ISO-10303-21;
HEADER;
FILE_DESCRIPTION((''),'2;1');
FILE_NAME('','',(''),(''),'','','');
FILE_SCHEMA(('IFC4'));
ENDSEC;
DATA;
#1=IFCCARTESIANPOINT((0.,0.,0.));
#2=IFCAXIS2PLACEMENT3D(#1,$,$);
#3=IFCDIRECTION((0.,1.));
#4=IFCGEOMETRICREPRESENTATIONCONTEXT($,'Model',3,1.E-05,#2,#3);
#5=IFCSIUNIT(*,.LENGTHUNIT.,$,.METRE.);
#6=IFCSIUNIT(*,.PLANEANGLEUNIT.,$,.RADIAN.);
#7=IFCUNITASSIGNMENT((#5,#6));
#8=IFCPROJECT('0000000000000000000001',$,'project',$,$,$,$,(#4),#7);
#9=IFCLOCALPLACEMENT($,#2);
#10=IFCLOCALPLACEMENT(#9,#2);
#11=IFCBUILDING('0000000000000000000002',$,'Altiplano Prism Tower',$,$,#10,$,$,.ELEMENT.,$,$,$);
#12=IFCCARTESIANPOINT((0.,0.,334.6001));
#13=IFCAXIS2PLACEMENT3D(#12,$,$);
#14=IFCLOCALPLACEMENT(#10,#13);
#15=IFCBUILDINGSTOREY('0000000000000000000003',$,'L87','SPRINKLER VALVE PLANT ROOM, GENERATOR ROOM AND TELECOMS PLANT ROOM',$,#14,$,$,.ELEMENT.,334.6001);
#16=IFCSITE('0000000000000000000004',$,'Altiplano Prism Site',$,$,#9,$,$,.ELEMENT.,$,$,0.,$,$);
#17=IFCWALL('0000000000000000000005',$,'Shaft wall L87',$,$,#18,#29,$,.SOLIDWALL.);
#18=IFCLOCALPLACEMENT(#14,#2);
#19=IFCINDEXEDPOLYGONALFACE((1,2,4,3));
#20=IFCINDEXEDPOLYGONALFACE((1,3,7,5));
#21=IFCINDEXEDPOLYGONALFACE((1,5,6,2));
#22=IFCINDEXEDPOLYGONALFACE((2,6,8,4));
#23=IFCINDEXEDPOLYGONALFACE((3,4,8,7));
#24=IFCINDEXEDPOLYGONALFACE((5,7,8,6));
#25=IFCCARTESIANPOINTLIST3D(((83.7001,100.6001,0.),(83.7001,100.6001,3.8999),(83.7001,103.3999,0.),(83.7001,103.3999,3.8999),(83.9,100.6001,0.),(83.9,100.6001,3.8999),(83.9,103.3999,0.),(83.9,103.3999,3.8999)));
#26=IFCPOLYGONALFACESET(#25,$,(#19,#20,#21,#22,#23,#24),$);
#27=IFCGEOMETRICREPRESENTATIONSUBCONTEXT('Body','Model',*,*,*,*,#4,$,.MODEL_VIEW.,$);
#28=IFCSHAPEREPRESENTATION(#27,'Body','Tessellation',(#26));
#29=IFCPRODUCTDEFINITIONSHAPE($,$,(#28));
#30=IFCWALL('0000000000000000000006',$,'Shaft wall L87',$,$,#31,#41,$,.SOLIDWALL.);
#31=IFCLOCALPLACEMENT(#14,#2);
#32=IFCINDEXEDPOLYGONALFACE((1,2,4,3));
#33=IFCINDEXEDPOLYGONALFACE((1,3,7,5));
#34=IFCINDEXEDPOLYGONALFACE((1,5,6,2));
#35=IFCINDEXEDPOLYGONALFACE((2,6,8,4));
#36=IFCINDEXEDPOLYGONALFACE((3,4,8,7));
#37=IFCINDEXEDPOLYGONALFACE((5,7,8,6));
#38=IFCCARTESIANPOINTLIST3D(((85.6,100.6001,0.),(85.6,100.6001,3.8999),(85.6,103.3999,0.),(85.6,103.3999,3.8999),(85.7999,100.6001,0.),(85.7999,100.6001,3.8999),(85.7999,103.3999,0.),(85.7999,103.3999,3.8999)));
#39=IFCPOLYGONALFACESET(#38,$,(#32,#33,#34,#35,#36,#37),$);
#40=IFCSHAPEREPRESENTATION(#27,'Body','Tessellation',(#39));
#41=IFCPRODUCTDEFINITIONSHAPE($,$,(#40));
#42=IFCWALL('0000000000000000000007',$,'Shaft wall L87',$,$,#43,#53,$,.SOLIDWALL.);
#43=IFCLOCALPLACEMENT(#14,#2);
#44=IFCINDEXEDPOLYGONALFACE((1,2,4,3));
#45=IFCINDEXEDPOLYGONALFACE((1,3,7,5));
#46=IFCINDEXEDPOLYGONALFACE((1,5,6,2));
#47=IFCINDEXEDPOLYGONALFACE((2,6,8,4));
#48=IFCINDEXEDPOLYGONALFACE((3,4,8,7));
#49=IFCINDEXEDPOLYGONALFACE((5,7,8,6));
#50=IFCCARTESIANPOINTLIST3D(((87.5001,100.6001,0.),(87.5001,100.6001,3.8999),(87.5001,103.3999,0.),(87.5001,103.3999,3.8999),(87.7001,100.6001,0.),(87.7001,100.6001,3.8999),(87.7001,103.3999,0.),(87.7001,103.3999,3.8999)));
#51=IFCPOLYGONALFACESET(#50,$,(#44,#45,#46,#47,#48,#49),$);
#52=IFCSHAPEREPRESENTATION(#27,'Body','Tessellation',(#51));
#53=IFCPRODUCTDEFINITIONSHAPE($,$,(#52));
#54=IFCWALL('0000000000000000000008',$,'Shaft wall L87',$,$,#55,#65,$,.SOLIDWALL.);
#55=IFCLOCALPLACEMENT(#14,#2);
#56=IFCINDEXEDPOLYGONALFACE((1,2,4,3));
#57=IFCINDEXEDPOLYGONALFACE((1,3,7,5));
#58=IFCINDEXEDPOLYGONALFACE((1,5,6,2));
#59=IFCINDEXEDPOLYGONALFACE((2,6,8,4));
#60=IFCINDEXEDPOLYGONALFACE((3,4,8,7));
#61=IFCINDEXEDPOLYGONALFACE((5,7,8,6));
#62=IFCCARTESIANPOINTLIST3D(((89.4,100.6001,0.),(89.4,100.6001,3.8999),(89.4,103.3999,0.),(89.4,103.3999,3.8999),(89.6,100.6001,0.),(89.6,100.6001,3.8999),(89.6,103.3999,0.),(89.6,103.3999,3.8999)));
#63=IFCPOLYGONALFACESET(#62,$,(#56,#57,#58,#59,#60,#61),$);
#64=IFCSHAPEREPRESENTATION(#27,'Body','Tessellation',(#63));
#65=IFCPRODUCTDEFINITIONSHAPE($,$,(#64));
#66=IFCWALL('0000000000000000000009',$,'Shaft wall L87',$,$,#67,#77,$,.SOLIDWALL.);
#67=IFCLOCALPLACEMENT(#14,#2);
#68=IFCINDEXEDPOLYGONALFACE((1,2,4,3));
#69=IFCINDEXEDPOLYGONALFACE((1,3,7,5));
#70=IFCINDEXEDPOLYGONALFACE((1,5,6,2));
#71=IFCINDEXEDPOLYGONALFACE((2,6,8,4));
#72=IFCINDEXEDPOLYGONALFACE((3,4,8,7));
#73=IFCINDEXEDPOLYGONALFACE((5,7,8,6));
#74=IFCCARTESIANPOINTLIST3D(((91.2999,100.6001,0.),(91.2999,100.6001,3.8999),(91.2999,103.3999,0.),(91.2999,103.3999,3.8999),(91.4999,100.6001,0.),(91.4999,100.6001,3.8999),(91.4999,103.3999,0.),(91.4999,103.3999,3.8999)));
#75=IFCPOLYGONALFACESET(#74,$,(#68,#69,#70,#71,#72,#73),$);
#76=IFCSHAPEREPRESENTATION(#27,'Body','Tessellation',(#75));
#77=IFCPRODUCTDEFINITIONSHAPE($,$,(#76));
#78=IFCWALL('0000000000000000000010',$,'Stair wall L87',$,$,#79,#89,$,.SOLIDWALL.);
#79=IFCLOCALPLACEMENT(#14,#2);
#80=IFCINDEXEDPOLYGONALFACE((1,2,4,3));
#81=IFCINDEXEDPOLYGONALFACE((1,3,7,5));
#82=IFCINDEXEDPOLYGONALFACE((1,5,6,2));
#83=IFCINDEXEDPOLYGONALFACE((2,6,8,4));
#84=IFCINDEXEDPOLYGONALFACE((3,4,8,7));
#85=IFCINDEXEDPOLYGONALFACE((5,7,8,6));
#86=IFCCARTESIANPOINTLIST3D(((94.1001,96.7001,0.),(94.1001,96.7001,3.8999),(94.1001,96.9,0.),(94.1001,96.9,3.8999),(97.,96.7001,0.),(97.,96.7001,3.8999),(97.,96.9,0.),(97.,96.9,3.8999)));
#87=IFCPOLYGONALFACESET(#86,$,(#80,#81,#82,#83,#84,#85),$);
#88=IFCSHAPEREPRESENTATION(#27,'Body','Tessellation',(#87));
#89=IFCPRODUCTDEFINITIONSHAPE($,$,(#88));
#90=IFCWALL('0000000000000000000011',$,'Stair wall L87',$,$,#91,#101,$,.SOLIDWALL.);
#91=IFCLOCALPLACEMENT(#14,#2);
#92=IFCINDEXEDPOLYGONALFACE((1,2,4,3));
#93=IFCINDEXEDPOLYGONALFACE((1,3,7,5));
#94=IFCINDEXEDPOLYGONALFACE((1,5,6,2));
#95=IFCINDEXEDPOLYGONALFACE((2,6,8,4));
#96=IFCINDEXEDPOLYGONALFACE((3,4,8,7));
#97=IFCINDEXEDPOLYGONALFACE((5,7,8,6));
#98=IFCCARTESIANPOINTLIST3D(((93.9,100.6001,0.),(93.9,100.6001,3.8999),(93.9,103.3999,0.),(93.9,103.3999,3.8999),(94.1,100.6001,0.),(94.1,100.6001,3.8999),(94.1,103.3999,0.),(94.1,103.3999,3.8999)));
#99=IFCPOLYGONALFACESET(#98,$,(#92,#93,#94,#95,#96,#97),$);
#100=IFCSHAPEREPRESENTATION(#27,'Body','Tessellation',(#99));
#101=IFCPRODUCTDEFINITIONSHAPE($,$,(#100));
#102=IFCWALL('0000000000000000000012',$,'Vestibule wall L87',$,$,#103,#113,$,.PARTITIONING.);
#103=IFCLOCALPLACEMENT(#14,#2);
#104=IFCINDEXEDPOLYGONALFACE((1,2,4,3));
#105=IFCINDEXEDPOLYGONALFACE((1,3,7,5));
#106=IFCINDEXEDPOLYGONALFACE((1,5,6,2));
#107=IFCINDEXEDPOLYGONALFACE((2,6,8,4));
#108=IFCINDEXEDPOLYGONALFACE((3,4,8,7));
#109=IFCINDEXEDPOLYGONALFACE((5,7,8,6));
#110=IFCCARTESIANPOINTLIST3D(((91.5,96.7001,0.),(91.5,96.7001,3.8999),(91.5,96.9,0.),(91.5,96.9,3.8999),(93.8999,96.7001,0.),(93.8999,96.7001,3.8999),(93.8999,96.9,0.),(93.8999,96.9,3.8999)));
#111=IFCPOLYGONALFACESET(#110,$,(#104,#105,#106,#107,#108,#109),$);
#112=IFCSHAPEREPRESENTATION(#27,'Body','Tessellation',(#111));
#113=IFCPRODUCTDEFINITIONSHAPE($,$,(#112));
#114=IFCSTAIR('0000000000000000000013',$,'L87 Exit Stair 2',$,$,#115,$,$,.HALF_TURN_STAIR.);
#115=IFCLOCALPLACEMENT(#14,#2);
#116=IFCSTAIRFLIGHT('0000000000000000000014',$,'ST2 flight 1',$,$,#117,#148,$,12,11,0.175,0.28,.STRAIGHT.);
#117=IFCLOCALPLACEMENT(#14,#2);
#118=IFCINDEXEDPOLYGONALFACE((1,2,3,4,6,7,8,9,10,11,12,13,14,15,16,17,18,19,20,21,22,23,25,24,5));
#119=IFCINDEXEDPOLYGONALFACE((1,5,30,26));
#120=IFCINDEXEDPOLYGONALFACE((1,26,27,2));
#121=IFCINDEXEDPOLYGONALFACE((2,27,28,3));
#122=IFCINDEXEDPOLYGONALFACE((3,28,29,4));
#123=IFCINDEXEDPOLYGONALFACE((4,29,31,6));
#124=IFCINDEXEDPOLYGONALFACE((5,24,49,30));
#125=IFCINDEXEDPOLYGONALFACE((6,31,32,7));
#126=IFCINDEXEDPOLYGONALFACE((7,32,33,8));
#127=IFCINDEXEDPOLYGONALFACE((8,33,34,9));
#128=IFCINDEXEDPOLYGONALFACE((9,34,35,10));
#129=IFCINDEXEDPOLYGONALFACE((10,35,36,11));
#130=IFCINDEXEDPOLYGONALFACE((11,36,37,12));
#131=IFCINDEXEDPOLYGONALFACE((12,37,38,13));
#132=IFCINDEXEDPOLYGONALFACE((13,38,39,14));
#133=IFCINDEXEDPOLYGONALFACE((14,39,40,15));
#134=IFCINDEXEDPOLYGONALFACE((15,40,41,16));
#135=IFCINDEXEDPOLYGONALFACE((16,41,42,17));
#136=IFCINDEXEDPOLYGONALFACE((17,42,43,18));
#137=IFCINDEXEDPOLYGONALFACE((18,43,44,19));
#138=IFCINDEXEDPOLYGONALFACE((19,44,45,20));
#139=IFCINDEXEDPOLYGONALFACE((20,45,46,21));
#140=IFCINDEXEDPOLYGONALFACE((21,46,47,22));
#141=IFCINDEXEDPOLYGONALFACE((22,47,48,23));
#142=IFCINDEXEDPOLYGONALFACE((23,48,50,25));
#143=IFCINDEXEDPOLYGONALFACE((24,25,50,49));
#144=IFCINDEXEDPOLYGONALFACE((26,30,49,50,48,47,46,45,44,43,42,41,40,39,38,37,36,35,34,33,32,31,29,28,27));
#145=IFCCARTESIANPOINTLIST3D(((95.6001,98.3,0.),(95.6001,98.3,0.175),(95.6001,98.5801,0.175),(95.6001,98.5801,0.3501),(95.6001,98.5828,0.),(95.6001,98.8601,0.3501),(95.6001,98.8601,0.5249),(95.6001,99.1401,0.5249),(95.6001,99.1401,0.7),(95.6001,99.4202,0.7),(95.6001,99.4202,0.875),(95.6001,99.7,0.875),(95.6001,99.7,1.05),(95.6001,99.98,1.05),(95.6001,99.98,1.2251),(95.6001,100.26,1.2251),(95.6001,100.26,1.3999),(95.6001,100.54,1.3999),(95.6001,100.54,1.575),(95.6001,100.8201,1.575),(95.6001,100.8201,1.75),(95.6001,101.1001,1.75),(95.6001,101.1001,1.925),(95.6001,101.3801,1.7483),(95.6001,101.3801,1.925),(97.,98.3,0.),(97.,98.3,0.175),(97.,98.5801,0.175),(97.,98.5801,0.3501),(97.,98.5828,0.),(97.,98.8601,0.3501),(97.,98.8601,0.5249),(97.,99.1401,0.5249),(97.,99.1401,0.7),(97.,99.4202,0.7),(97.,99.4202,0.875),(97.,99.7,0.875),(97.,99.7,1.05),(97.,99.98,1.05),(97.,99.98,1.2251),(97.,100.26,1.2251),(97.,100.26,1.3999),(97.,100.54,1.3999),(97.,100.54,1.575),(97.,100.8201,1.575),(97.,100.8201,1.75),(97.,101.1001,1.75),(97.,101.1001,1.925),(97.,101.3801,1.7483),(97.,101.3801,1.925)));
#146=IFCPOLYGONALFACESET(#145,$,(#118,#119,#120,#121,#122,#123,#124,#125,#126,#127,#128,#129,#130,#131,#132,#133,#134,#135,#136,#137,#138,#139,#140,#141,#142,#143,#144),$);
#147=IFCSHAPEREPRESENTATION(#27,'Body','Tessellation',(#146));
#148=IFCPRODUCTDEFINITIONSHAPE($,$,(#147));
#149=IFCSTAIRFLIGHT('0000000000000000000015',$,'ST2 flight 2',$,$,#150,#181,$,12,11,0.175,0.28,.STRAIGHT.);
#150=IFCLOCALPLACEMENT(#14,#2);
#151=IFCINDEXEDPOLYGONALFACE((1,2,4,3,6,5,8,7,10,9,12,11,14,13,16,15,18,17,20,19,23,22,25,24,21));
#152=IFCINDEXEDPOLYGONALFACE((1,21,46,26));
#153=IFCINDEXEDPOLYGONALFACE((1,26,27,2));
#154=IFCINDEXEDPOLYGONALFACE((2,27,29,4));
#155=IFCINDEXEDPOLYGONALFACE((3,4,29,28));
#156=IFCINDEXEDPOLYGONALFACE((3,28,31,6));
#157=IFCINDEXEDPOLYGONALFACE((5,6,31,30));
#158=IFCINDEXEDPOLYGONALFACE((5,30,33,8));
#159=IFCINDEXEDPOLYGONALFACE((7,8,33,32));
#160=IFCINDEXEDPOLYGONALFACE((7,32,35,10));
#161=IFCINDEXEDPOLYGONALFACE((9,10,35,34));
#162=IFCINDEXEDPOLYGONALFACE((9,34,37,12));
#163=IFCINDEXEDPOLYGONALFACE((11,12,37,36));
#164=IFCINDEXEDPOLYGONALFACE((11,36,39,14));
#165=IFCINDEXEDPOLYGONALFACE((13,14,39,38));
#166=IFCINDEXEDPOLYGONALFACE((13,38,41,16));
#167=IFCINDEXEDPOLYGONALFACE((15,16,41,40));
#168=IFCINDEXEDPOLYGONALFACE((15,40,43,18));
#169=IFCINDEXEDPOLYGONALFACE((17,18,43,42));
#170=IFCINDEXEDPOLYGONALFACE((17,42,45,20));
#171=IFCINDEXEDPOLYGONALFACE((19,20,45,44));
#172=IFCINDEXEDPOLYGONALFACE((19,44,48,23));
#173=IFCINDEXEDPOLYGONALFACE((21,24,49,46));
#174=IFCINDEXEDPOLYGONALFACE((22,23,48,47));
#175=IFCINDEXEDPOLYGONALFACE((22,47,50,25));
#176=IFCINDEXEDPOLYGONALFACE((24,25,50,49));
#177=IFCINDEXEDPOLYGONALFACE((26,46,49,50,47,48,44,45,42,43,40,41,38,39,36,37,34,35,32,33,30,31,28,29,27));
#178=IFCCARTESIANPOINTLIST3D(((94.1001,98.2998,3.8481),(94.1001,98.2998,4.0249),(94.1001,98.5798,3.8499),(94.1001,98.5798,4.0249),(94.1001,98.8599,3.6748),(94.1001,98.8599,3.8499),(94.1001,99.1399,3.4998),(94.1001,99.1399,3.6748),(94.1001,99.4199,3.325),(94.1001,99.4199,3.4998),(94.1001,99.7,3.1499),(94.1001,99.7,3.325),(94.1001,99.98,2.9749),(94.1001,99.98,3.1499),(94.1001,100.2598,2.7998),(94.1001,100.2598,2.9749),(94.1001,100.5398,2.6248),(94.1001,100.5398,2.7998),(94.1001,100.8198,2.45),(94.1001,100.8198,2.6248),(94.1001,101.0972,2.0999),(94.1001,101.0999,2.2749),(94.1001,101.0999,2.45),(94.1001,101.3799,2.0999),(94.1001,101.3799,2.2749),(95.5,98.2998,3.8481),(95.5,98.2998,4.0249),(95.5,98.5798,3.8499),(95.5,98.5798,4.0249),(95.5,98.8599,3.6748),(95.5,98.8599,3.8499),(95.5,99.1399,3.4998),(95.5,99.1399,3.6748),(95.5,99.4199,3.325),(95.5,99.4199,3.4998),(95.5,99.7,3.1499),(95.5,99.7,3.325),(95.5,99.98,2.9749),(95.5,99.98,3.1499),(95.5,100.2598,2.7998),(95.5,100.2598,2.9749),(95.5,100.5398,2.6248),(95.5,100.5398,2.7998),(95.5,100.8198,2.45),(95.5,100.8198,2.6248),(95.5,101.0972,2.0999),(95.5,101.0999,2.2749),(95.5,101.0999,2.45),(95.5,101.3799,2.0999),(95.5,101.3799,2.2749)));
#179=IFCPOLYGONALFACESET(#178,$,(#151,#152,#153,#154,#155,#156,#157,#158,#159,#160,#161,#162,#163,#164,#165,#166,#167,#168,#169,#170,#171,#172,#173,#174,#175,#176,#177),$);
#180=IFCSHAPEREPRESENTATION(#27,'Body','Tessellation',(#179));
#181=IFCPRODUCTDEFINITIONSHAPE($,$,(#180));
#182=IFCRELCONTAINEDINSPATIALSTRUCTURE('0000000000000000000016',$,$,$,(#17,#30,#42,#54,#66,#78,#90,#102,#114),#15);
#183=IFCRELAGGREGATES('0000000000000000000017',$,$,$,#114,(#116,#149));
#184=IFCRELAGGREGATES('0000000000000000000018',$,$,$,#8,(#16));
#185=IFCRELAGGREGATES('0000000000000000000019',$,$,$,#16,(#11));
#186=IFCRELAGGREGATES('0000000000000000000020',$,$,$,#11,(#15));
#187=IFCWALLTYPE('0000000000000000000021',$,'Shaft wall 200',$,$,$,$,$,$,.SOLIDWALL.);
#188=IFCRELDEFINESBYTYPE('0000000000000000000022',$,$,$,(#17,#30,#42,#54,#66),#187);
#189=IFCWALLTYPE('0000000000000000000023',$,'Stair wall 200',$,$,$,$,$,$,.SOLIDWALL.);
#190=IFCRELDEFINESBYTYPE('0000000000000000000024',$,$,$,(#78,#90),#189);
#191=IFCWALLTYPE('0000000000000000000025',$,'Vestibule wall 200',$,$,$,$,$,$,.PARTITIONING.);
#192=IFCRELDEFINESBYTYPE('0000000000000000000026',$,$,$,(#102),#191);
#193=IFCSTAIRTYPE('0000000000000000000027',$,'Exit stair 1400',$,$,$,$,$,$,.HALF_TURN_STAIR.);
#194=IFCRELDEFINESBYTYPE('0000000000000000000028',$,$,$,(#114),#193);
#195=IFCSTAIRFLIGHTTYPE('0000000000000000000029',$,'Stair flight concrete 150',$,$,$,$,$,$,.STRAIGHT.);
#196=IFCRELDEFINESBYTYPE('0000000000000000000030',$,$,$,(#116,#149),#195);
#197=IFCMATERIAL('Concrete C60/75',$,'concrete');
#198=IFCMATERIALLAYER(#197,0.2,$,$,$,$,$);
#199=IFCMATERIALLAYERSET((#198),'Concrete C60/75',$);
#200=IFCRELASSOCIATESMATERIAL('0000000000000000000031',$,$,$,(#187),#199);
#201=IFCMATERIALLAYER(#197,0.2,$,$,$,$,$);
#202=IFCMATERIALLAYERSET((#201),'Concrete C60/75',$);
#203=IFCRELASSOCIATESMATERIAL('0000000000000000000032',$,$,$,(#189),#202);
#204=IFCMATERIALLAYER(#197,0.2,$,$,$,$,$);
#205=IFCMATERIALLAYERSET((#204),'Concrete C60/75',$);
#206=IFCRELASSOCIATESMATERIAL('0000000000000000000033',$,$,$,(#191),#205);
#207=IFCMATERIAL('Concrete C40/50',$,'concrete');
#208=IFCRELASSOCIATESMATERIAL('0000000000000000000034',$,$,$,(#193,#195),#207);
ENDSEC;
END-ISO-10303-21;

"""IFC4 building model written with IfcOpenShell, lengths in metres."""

from ifc_helpers import new_model, si_unit, direction, frame, frame_2d, origin, place, context, subcontext, project, spatial, polyline, rectangle, outline, extrude, material, layer, layer_set, type_object, element, aggregate, save


model = new_model("IFC4")

# Units and contexts
model_context = context("Model", 3, precision=1e-05, world=origin(), true_north=direction((0.0, 1.0)))
body_context = subcontext(model_context, "Body", "Model", "MODEL_VIEW")
ifc_project = project(units=[si_unit("LENGTHUNIT", "METRE"), si_unit("PLANEANGLEUNIT", "RADIAN")], contexts=[model_context])

# Site, building, storey
site_placement = place(None, origin())
site = spatial("IfcSite", under=ifc_project, at=site_placement, Name="Altiplano Prism Site", CompositionType="ELEMENT", RefElevation=0.0)
building_placement = place(site_placement, origin())
building = spatial("IfcBuilding", under=site, at=building_placement, Name="Altiplano Prism Tower", CompositionType="ELEMENT")
storey_placement = place(building_placement, frame((0.0, 0.0, 334.6001)))
storey = spatial("IfcBuildingStorey", under=building, at=storey_placement, Name="L87", Description="SPRINKLER VALVE PLANT ROOM, GENERATOR ROOM AND TELECOMS PLANT ROOM", CompositionType="ELEMENT", Elevation=334.6001)

# Shared definitions
ifc_material_1 = material(Name="Concrete C60/75", Category="concrete")

# Walls
ifc_layer_1 = layer(ifc_material_1, 0.2)
ifc_layer_set_1 = layer_set([ifc_layer_1], Name="Concrete C60/75")
wall_type_1 = type_object("IfcWallType", Name="Shaft wall 200", PredefinedType="SOLIDWALL", material=ifc_layer_set_1)
for number, where, z_axis, x_axis, name in (
    (1, (83.8, 100.6001, 0.0), (0.0, 0.0, 1.0), (0.0, 1.0, 0.0), "Shaft wall L87"),
    (2, (85.7, 100.6001, 0.0), (0.0, 0.0, 1.0), (0.0, 1.0, 0.0), "Shaft wall L87"),
    (3, (87.6001, 100.6001, 0.0), (0.0, 0.0, 1.0), (0.0, 1.0, 0.0), "Shaft wall L87"),
    (4, (89.5, 100.6001, 0.0), (0.0, 0.0, 1.0), (0.0, 1.0, 0.0), "Shaft wall L87"),
    (5, (91.3999, 100.6001, 0.0), (0.0, 0.0, 1.0), (0.0, 1.0, 0.0), "Shaft wall L87"),
):
    element("IfcWall", number, at=place(storey_placement, frame(where, z_axis=z_axis, x_axis=x_axis)), inside=storey, type_object=wall_type_1, Name=name, PredefinedType="SOLIDWALL", context=body_context, shape_type="SweptSolid", body=[
        extrude(rectangle(XDim=2.7998, YDim=0.2, at=frame_2d((1.3999, 0.0))), origin(), (0.0, 0.0, 1.0), 3.8999),
    ])
ifc_layer_2 = layer(ifc_material_1, 0.2)
ifc_layer_set_2 = layer_set([ifc_layer_2], Name="Concrete C60/75")
wall_type_2 = type_object("IfcWallType", Name="Stair wall 200", PredefinedType="SOLIDWALL", material=ifc_layer_set_2)
wall_1_placement = place(storey_placement, frame((94.1001, 96.8, 0.0), z_axis=(0.0, 0.0, 1.0), x_axis=(1.0, 0.0, 0.0)))
element("IfcWall", 6, at=wall_1_placement, inside=storey, type_object=wall_type_2, Name="Stair wall L87", PredefinedType="SOLIDWALL", context=body_context, shape_type="SweptSolid", body=[
    extrude(rectangle(XDim=2.8999, YDim=0.2, at=frame_2d((1.45, 0.0))), origin(), (0.0, 0.0, 1.0), 3.8999),
])
wall_2_placement = place(storey_placement, frame((94.0, 100.6001, 0.0), z_axis=(0.0, 0.0, 1.0), x_axis=(0.0, 1.0, 0.0)))
element("IfcWall", 7, at=wall_2_placement, inside=storey, type_object=wall_type_2, Name="Stair wall L87", PredefinedType="SOLIDWALL", context=body_context, shape_type="SweptSolid", body=[
    extrude(rectangle(XDim=2.7998, YDim=0.2, at=frame_2d((1.3999, 0.0))), origin(), (0.0, 0.0, 1.0), 3.8999),
])
ifc_layer_3 = layer(ifc_material_1, 0.2)
ifc_layer_set_3 = layer_set([ifc_layer_3], Name="Concrete C60/75")
wall_type_3 = type_object("IfcWallType", Name="Vestibule wall 200", PredefinedType="PARTITIONING", material=ifc_layer_set_3)
wall_3_placement = place(storey_placement, frame((91.5, 96.8, 0.0), z_axis=(0.0, 0.0, 1.0), x_axis=(1.0, 0.0, 0.0)))
element("IfcWall", 8, at=wall_3_placement, inside=storey, type_object=wall_type_3, Name="Vestibule wall L87", PredefinedType="PARTITIONING", context=body_context, shape_type="SweptSolid", body=[
    extrude(rectangle(XDim=2.3999, YDim=0.2, at=frame_2d((1.2, 0.0))), origin(), (0.0, 0.0, 1.0), 3.8999),
])

# Stair, stair flights
ifc_material_2 = material(Name="Concrete C40/50", Category="concrete")
stair_type = type_object("IfcStairType", Name="Exit stair 1400", PredefinedType="HALF_TURN_STAIR", material=ifc_material_2)
stair_placement = place(storey_placement, origin())
stair = element("IfcStair", 9, at=stair_placement, inside=storey, type_object=stair_type, Name="L87 Exit Stair 2", PredefinedType="HALF_TURN_STAIR")
stair_flight_type = type_object("IfcStairFlightType", Name="Stair flight concrete 150", PredefinedType="STRAIGHT", material=ifc_material_2)
stair_flight_1_placement = place(storey_placement, frame((96.3, 98.3, 0.0), z_axis=(0.0, 0.0, 1.0), x_axis=(0.0, 1.0, 0.0)))
stair_flight_1 = element("IfcStairFlight", 10, at=stair_flight_1_placement, type_object=stair_flight_type, Name="ST2 flight 1", NumberOfRisers=12, NumberOfTreads=11, PredefinedType="STRAIGHT", RiserHeight=0.175, TreadLength=0.28, context=body_context, shape_type="SweptSolid", body=[
    extrude(outline(polyline([(0.0, 0.0), (0.0, 0.175), (0.28, 0.175), (0.28, 0.3501), (0.5601, 0.3501), (0.5601, 0.5249), (0.8401, 0.5249), (0.8401, 0.7), (1.1201, 0.7), (1.1201, 0.875), (1.3999, 0.875), (1.3999, 1.05), (1.6799, 1.05), (1.6799, 1.2251), (1.96, 1.2251), (1.96, 1.3999), (2.24, 1.3999), (2.24, 1.575), (2.52, 1.575), (2.52, 1.75), (2.8, 1.75), (2.8, 1.925), (3.0801, 1.925), (3.0801, 2.1001), (3.0801, 1.7483), (0.2827, 0.0), (0.0, 0.0)])), frame((0.0, 0.7, 0.0), z_axis=(0.0, -1.0, 0.0), x_axis=(1.0, 0.0, 0.0)), (0.0, 0.0, 1.0), 1.3999),
])
stair_flight_2_placement = place(storey_placement, frame((94.8, 101.3799, 2.0999), z_axis=(0.0, 0.0, 1.0), x_axis=(0.0, -1.0, 0.0)))
stair_flight_2 = element("IfcStairFlight", 11, at=stair_flight_2_placement, type_object=stair_flight_type, Name="ST2 flight 2", NumberOfRisers=12, NumberOfTreads=11, PredefinedType="STRAIGHT", RiserHeight=0.175, TreadLength=0.28, context=body_context, shape_type="SweptSolid", body=[
    extrude(outline(polyline([(0.0, 0.0), (0.0, 0.175), (0.28, 0.175), (0.28, 0.3501), (0.5601, 0.3501), (0.5601, 0.5249), (0.8401, 0.5249), (0.8401, 0.7), (1.1201, 0.7), (1.1201, 0.875), (1.3999, 0.875), (1.3999, 1.05), (1.6799, 1.05), (1.6799, 1.2251), (1.96, 1.2251), (1.96, 1.3999), (2.24, 1.3999), (2.24, 1.575), (2.52, 1.575), (2.52, 1.75), (2.8, 1.75), (2.8, 1.925), (3.0801, 1.925), (3.0801, 2.1001), (3.0801, 1.7483), (0.2827, 0.0), (0.0, 0.0)])), frame((0.0, 0.7, 0.0), z_axis=(0.0, -1.0, 0.0), x_axis=(1.0, 0.0, 0.0)), (0.0, 0.0, 1.0), 1.3999),
])
aggregate(stair, [stair_flight_1, stair_flight_2])

save(model, "model.ifc")
